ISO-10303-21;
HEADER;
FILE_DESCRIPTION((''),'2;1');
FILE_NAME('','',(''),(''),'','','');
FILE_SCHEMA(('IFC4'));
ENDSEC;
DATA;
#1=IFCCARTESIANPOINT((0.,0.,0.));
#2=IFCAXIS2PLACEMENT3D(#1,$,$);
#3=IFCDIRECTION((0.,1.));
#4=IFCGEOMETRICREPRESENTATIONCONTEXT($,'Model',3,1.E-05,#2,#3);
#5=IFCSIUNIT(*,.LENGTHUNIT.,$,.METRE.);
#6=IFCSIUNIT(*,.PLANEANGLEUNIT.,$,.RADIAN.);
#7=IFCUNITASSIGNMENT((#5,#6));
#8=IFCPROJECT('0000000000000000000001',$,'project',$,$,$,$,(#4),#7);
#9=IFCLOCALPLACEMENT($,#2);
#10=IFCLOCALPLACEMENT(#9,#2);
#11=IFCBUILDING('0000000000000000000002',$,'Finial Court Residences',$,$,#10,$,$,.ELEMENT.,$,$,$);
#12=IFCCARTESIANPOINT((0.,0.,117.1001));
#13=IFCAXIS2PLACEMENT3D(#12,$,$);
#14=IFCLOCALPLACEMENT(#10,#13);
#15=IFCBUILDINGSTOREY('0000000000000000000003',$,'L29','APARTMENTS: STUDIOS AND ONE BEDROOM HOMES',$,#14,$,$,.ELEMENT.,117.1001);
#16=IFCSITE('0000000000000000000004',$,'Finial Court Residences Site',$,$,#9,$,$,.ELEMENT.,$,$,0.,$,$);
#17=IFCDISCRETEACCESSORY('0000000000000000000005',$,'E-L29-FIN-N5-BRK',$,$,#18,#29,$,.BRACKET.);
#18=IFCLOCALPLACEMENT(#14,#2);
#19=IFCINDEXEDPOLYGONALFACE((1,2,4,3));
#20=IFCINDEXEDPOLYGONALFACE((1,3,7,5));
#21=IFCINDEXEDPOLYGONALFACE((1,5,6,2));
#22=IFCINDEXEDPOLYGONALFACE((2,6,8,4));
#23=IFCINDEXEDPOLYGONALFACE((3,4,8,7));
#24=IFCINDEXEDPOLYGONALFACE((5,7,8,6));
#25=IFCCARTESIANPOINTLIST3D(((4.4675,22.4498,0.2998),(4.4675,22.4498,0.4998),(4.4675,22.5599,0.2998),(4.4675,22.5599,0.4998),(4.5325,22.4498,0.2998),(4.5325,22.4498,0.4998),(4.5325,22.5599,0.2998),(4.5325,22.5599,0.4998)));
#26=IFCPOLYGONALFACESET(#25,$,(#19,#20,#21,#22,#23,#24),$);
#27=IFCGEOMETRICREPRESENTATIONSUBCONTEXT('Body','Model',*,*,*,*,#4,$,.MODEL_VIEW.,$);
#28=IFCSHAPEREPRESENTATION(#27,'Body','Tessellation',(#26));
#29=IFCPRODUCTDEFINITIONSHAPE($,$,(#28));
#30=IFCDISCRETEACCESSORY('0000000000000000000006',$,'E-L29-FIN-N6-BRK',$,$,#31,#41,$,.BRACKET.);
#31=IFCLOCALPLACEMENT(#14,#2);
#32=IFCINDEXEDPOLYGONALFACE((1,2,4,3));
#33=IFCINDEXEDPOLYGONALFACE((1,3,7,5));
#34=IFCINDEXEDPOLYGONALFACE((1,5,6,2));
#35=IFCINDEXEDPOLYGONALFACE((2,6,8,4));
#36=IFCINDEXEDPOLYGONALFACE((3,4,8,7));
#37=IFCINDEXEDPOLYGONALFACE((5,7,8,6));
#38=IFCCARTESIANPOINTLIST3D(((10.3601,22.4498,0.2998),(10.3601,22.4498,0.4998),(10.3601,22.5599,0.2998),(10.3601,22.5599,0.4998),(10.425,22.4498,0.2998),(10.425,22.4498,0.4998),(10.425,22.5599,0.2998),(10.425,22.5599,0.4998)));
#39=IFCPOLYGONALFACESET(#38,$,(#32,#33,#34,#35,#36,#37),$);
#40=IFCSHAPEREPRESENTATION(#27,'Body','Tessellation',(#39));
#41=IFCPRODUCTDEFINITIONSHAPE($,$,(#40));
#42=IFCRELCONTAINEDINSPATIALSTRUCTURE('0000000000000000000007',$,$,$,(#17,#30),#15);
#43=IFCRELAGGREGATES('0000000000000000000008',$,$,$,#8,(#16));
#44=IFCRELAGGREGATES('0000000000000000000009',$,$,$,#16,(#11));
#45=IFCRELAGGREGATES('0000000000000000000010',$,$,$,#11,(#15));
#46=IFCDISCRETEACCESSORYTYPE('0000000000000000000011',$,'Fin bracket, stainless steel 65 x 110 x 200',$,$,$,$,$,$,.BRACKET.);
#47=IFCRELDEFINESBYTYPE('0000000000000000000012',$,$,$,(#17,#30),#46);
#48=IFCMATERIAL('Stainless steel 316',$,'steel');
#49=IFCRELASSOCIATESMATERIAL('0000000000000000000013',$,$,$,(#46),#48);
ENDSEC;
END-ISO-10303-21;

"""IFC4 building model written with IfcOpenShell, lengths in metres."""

from ifc_helpers import new_model, si_unit, direction, frame, origin, origin_2d, place, context, subcontext, project, spatial, rectangle, extrude, material, type_object, element, save


model = new_model("IFC4")

# Units and contexts
model_context = context("Model", 3, precision=1e-05, world=origin(), true_north=direction((0.0, 1.0)))
body_context = subcontext(model_context, "Body", "Model", "MODEL_VIEW")
ifc_project = project(units=[si_unit("LENGTHUNIT", "METRE"), si_unit("PLANEANGLEUNIT", "RADIAN")], contexts=[model_context])

# Site, building, storey
site_placement = place(None, origin())
site = spatial("IfcSite", under=ifc_project, at=site_placement, Name="Finial Court Residences Site", CompositionType="ELEMENT", RefElevation=0.0)
building_placement = place(site_placement, origin())
building = spatial("IfcBuilding", under=site, at=building_placement, Name="Finial Court Residences", CompositionType="ELEMENT")
storey_placement = place(building_placement, frame((0.0, 0.0, 117.1001)))
storey = spatial("IfcBuildingStorey", under=building, at=storey_placement, Name="L29", Description="APARTMENTS: STUDIOS AND ONE BEDROOM HOMES", CompositionType="ELEMENT", Elevation=117.1001)

# Discrete accessories
ifc_material_1 = material(Name="Stainless steel 316", Category="steel")
discrete_accessory_type = type_object("IfcDiscreteAccessoryType", Name="Fin bracket, stainless steel 65 x 110 x 200", PredefinedType="BRACKET", material=ifc_material_1)
for number, where, z_axis, x_axis, name in (
    (1, (4.5, 22.5049, 0.2998), (0.0, 0.0, 1.0), (1.0, 0.0, 0.0), "E-L29-FIN-N5-BRK"),
    (2, (10.3926, 22.5049, 0.2998), (0.0, 0.0, 1.0), (1.0, 0.0, 0.0), "E-L29-FIN-N6-BRK"),
):
    element("IfcDiscreteAccessory", number, at=place(storey_placement, frame(where, z_axis=z_axis, x_axis=x_axis)), inside=storey, type_object=discrete_accessory_type, Name=name, PredefinedType="BRACKET", context=body_context, shape_type="SweptSolid", body=[
        extrude(rectangle(XDim=0.0649, YDim=0.1101, at=origin_2d()), origin(), (0.0, 0.0, 1.0), 0.2),
    ])

save(model, "model.ifc")
